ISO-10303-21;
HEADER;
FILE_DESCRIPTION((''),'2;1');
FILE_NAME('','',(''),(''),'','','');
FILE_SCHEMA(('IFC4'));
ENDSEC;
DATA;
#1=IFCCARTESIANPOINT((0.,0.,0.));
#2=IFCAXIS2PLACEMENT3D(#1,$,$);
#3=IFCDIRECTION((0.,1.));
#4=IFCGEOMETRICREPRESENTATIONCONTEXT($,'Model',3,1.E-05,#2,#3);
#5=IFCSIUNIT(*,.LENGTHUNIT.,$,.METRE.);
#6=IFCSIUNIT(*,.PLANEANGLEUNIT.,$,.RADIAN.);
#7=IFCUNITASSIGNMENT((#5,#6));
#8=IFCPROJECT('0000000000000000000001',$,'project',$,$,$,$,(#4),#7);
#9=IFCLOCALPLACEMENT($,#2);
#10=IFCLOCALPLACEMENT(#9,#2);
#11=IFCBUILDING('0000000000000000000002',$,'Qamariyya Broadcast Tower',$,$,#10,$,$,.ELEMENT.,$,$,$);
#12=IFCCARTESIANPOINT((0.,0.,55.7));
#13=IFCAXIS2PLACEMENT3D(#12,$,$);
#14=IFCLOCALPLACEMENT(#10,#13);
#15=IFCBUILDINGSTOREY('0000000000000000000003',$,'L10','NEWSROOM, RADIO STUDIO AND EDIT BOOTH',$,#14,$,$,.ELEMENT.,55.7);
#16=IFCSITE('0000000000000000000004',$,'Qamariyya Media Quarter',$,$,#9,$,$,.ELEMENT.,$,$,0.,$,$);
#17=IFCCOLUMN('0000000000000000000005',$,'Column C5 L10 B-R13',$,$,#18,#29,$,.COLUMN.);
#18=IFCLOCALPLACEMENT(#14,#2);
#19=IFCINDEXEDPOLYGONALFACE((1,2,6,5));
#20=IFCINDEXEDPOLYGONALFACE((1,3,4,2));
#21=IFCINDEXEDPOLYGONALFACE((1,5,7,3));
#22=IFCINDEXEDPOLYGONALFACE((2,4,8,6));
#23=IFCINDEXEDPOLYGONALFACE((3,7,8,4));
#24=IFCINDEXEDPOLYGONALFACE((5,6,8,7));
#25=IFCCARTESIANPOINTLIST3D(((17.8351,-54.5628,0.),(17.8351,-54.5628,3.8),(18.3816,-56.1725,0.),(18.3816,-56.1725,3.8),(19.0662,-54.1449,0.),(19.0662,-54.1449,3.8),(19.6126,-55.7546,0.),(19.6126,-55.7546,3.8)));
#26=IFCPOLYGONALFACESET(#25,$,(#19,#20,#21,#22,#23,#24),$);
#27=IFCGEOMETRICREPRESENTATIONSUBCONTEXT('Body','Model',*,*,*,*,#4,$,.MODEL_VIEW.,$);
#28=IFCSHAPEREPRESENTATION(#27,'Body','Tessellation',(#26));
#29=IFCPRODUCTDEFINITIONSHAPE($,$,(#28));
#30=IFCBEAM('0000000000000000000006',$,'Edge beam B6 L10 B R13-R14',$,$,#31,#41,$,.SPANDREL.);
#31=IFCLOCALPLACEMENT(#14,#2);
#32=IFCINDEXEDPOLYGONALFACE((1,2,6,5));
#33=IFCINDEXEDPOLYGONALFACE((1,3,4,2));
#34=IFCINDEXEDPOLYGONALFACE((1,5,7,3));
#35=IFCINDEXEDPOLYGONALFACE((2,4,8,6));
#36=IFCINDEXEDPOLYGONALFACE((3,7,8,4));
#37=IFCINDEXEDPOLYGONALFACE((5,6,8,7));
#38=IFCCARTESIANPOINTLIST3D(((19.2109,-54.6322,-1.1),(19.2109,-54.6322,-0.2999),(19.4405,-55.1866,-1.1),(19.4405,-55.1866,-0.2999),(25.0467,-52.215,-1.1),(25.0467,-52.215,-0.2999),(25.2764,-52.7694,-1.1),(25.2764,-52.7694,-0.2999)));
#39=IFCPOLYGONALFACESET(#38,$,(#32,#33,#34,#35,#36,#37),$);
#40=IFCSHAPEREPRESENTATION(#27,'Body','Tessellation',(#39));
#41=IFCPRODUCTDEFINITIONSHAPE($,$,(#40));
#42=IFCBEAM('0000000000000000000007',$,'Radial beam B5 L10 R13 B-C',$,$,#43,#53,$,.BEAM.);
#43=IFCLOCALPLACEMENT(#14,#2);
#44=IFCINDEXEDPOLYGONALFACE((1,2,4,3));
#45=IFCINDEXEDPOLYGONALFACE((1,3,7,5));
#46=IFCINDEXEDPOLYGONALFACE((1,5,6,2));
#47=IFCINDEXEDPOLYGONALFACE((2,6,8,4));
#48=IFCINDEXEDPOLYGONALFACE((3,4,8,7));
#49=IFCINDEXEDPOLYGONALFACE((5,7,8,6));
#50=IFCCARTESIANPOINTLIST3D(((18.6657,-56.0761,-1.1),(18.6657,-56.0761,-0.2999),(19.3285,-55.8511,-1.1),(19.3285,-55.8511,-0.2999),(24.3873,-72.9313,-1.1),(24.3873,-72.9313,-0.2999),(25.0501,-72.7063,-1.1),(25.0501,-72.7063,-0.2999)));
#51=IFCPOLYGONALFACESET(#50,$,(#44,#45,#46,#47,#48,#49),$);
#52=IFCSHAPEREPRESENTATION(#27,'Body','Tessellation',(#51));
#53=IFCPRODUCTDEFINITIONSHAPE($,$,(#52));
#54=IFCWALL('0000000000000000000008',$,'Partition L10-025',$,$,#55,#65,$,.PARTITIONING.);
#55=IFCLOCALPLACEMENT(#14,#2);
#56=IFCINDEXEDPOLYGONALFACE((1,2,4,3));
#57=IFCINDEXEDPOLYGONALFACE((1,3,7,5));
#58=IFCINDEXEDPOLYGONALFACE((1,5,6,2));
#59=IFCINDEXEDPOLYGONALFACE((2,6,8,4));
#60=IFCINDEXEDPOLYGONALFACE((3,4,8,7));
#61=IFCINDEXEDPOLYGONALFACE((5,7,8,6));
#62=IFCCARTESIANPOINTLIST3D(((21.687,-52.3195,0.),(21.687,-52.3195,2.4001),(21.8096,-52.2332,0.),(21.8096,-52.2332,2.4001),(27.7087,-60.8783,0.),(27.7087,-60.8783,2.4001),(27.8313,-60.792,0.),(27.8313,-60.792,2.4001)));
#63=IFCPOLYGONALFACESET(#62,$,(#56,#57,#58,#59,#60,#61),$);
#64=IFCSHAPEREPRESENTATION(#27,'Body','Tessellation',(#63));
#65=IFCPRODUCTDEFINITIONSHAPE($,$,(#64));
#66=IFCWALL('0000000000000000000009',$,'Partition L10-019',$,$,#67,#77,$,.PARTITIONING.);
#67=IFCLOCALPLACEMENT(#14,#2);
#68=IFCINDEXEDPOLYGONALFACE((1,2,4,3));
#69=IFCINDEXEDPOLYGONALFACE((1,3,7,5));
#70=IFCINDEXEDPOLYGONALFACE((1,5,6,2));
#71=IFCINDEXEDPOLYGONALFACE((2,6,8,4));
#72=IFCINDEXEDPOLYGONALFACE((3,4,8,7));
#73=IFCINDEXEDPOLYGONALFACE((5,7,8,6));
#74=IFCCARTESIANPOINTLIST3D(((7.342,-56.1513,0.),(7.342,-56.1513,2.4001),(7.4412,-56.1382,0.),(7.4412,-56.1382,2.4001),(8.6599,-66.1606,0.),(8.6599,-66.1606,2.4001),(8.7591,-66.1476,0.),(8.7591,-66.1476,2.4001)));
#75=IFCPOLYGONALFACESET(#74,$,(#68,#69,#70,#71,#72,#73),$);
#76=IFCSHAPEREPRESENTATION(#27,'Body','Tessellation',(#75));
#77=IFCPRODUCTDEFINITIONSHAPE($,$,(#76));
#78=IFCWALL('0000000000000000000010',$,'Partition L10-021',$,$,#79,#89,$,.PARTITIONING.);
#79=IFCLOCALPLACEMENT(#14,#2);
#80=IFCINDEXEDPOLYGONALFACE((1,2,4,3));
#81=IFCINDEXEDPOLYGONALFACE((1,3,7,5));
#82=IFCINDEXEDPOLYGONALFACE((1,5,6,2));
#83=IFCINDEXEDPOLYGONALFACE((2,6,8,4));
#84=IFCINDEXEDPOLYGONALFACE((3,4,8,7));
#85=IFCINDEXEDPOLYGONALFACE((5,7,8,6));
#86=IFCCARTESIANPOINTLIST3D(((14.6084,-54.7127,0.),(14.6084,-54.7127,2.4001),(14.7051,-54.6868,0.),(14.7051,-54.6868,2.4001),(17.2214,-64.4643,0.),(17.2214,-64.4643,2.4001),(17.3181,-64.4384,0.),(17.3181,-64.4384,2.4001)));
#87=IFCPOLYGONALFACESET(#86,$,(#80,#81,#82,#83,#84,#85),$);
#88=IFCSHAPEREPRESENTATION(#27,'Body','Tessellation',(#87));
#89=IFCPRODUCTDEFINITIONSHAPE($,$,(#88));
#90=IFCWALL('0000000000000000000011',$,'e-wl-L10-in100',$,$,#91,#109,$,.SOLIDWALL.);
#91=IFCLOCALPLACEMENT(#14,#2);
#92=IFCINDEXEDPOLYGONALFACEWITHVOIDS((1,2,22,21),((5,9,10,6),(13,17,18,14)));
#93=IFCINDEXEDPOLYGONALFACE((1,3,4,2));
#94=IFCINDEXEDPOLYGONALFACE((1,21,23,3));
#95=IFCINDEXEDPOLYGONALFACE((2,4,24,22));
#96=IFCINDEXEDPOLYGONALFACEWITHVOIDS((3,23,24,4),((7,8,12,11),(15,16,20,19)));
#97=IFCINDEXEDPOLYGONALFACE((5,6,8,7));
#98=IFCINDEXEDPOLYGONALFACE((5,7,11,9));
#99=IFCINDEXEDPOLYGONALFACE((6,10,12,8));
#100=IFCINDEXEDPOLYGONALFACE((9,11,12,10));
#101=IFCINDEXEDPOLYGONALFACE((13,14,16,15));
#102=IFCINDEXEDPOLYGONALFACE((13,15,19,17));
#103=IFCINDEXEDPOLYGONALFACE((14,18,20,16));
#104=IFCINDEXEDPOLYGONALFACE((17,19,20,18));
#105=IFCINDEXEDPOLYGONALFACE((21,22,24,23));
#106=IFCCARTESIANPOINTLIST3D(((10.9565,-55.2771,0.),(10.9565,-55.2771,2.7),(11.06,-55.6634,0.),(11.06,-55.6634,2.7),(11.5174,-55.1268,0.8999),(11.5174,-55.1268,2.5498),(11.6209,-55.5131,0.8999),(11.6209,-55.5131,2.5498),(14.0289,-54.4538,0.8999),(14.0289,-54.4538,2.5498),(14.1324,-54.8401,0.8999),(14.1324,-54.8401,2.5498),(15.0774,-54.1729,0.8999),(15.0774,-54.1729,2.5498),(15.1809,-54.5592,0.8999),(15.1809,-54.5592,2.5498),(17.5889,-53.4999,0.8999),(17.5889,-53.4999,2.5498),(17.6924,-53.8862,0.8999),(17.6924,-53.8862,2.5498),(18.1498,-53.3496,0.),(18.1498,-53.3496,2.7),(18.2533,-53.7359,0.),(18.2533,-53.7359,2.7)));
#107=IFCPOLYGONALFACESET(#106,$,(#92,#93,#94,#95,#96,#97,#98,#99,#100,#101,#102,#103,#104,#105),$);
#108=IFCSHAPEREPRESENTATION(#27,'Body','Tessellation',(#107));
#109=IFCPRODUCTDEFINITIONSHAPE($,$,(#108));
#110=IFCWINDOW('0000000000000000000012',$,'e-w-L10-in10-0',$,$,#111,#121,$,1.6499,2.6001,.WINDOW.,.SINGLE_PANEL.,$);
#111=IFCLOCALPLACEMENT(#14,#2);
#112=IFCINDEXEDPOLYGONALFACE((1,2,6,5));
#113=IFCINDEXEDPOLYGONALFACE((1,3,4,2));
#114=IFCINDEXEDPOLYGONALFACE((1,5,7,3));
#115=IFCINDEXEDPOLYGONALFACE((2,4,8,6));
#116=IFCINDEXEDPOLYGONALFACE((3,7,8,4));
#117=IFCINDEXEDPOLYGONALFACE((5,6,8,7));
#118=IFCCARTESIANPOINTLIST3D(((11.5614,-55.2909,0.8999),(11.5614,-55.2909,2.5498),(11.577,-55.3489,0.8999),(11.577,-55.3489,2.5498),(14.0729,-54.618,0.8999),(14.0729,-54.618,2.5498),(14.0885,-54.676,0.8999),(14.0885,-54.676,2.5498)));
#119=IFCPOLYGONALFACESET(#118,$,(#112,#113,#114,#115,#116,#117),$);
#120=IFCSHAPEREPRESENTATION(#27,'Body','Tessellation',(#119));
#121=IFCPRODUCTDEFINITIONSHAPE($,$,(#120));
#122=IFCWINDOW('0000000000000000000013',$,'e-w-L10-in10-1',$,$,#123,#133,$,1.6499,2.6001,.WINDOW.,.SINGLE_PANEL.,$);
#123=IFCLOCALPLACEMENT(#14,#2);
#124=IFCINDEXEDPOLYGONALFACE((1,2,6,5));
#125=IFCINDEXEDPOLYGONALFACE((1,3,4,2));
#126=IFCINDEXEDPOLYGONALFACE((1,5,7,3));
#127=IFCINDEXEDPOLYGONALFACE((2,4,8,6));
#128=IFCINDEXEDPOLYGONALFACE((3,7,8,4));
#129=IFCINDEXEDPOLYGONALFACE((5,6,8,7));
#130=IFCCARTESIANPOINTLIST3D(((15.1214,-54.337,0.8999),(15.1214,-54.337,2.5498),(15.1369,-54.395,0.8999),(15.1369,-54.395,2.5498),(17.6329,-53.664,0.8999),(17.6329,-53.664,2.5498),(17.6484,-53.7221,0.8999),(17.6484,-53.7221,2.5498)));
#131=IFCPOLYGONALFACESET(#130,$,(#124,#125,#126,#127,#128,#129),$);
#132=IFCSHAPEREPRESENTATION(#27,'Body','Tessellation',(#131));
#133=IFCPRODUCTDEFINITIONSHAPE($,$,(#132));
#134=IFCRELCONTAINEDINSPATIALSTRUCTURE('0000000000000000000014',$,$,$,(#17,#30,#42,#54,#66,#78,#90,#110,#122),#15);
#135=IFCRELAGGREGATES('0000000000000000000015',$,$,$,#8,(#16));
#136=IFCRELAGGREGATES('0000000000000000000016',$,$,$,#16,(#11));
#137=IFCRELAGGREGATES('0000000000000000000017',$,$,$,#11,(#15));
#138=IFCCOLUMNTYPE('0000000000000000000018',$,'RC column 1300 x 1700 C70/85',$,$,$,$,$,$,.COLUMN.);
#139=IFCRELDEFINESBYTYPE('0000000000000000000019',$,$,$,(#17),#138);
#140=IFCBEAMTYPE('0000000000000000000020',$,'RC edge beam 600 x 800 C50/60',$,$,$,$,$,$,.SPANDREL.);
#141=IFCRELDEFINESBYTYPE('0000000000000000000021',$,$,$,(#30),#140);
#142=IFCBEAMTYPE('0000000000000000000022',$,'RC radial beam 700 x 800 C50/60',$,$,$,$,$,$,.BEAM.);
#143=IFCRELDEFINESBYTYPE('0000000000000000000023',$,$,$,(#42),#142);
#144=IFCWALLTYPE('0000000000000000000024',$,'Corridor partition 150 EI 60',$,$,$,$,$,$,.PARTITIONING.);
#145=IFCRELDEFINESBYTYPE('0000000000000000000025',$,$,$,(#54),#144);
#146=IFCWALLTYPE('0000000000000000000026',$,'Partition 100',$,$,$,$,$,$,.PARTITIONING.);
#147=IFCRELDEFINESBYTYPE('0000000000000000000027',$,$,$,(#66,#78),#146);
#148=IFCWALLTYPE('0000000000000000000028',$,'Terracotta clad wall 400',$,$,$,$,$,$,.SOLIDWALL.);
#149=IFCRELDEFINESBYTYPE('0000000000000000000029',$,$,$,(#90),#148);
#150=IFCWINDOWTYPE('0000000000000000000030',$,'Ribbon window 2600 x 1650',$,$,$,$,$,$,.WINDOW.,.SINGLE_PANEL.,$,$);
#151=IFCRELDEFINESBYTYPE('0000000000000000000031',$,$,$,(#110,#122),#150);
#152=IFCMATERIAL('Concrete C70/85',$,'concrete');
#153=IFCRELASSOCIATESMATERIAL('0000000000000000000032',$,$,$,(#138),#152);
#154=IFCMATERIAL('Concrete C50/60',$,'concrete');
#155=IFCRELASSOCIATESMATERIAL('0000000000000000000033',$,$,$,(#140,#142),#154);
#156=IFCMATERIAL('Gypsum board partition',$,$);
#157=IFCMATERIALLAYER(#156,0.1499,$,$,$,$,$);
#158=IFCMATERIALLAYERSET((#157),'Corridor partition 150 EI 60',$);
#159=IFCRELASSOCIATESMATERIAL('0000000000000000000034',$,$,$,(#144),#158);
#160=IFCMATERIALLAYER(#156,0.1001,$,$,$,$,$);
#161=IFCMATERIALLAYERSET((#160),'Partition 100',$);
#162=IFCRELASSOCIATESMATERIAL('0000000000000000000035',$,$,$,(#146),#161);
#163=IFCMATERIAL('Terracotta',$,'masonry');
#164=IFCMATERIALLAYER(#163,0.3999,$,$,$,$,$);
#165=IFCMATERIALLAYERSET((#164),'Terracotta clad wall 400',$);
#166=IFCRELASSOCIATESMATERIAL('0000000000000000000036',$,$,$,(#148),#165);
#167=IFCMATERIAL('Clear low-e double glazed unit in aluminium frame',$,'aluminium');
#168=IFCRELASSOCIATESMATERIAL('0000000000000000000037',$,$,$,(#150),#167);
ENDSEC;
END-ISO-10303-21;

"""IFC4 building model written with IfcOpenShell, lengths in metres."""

from ifc_helpers import new_model, si_unit, direction, frame, frame_2d, origin, origin_2d, place, context, subcontext, project, spatial, rectangle, extrude, material, layer, layer_set, material_profile, profile_set, type_object, element, fill, save


model = new_model("IFC4")

# Units and contexts
model_context = context("Model", 3, precision=1e-05, world=origin(), true_north=direction((0.0, 1.0)))
body_context = subcontext(model_context, "Body", "Model", "MODEL_VIEW")
ifc_project = project(units=[si_unit("LENGTHUNIT", "METRE"), si_unit("PLANEANGLEUNIT", "RADIAN")], contexts=[model_context])

# Site, building, storey
site_placement = place(None, origin())
site = spatial("IfcSite", under=ifc_project, at=site_placement, Name="Qamariyya Media Quarter", CompositionType="ELEMENT", RefElevation=0.0)
building_placement = place(site_placement, origin())
building = spatial("IfcBuilding", under=site, at=building_placement, Name="Qamariyya Broadcast Tower", CompositionType="ELEMENT")
storey_placement = place(building_placement, frame((0.0, 0.0, 55.7)))
storey = spatial("IfcBuildingStorey", under=building, at=storey_placement, Name="L10", Description="NEWSROOM, RADIO STUDIO AND EDIT BOOTH", CompositionType="ELEMENT", Elevation=55.7)

# Column
ifc_material_1 = material(Name="Concrete C70/85", Category="concrete")
ifc_material_profile_1 = material_profile(ifc_material_1, rectangle(XDim=1.3, YDim=1.7, at=origin_2d()))
ifc_profile_set_1 = profile_set([ifc_material_profile_1], Name="Concrete C70/85")
column_type = type_object("IfcColumnType", Name="RC column 1300 x 1700 C70/85", PredefinedType="COLUMN", material=ifc_profile_set_1)
column_placement = place(storey_placement, frame((18.7239, -55.1587, 0.0), z_axis=(0.0, 0.0, 1.0), x_axis=(0.94693, 0.321439, 0.0)))
element("IfcColumn", 1, at=column_placement, inside=storey, type_object=column_type, Name="Column C5 L10 B-R13", PredefinedType="COLUMN", context=body_context, shape_type="SweptSolid", body=[
    extrude(rectangle(XDim=1.3, YDim=1.7, at=origin_2d()), origin(), (0.0, 0.0, 1.0), 3.8),
])

# Beams
ifc_material_2 = material(Name="Concrete C50/60", Category="concrete")
ifc_material_profile_2 = material_profile(ifc_material_2, rectangle(XDim=0.6001, YDim=0.8, at=origin_2d()))
ifc_profile_set_2 = profile_set([ifc_material_profile_2], Name="Concrete C50/60")
beam_type_1 = type_object("IfcBeamType", Name="RC edge beam 600 x 800 C50/60", PredefinedType="SPANDREL", material=ifc_profile_set_2)
beam_1_placement = place(storey_placement, frame((19.3257, -54.9094, -0.7), z_axis=(0.923884, 0.382672, 0.0), x_axis=(-0.382672, 0.923884, 0.0)))
element("IfcBeam", 2, at=beam_1_placement, inside=storey, type_object=beam_type_1, Name="Edge beam B6 L10 B R13-R14", PredefinedType="SPANDREL", context=body_context, shape_type="SweptSolid", body=[
    extrude(rectangle(XDim=0.6001, YDim=0.8, at=origin_2d()), origin(), (0.0, 0.0, 1.0), 6.3167),
])
ifc_material_profile_3 = material_profile(ifc_material_2, rectangle(XDim=0.7, YDim=0.8, at=origin_2d()))
ifc_profile_set_3 = profile_set([ifc_material_profile_3], Name="Concrete C50/60")
beam_type_2 = type_object("IfcBeamType", Name="RC radial beam 700 x 800 C50/60", PredefinedType="BEAM", material=ifc_profile_set_3)
beam_2_placement = place(storey_placement, frame((18.9971, -55.9636, -0.7), z_axis=(0.321445, -0.946928, 0.0), x_axis=(0.946928, 0.321445, 0.0)))
element("IfcBeam", 3, at=beam_2_placement, inside=storey, type_object=beam_type_2, Name="Radial beam B5 L10 R13 B-C", PredefinedType="BEAM", context=body_context, shape_type="SweptSolid", body=[
    extrude(rectangle(XDim=0.7, YDim=0.8, at=origin_2d()), origin(), (0.0, 0.0, 1.0), 17.7998),
])

# Walls
ifc_material_3 = material(Name="Gypsum board partition")
ifc_layer_1 = layer(ifc_material_3, 0.1499)
ifc_layer_set_1 = layer_set([ifc_layer_1], Name="Corridor partition 150 EI 60")
wall_type_1 = type_object("IfcWallType", Name="Corridor partition 150 EI 60", PredefinedType="PARTITIONING", material=ifc_layer_set_1)
wall_1_placement = place(storey_placement, frame((21.7483, -52.2764, 0.0), z_axis=(0.0, 0.0, 1.0), x_axis=(0.575419, -0.817858, 0.0)))
element("IfcWall", 4, at=wall_1_placement, inside=storey, type_object=wall_type_1, Name="Partition L10-025", PredefinedType="PARTITIONING", context=body_context, shape_type="SweptSolid", body=[
    extrude(rectangle(XDim=10.4648, YDim=0.1499, at=frame_2d((5.2324, 0.0))), origin(), (0.0, 0.0, 1.0), 2.4001),
])
ifc_layer_2 = layer(ifc_material_3, 0.1001)
ifc_layer_set_2 = layer_set([ifc_layer_2], Name="Partition 100")
wall_type_2 = type_object("IfcWallType", Name="Partition 100", PredefinedType="PARTITIONING", material=ifc_layer_set_2)
for number, where, z_axis, x_axis, name in (
    (5, (7.3916, -56.1448, 0.0), (0.0, 0.0, 1.0), (0.130538, -0.991443, 0.0), "Partition L10-019"),
    (6, (14.6567, -54.6997, 0.0), (0.0, 0.0, 1.0), (0.258826, -0.965924, 0.0), "Partition L10-021"),
):
    element("IfcWall", number, at=place(storey_placement, frame(where, z_axis=z_axis, x_axis=x_axis)), inside=storey, type_object=wall_type_2, Name=name, PredefinedType="PARTITIONING", context=body_context, shape_type="SweptSolid", body=[
        extrude(rectangle(XDim=10.0957, YDim=0.1001, at=frame_2d((5.0479, 0.0))), origin(), (0.0, 0.0, 1.0), 2.4001),
    ])

# Wall, openings, windows
ifc_material_4 = material(Name="Terracotta", Category="masonry")
ifc_layer_3 = layer(ifc_material_4, 0.3999)
ifc_layer_set_3 = layer_set([ifc_layer_3], Name="Terracotta clad wall 400")
wall_type_3 = type_object("IfcWallType", Name="Terracotta clad wall 400", PredefinedType="SOLIDWALL", material=ifc_layer_set_3)
wall_2_placement = place(storey_placement, frame((18.2017, -53.5427, 0.0), z_axis=(0.0, 0.0, 1.0), x_axis=(-0.965925, -0.258823, 0.0)))
wall_2 = element("IfcWall", 7, at=wall_2_placement, inside=storey, type_object=wall_type_3, Name="e-wl-L10-in100", PredefinedType="SOLIDWALL", context=body_context, shape_type="SweptSolid", body=[
    extrude(rectangle(XDim=7.447, YDim=0.3999, at=frame_2d((3.7236, 0.0))), origin(), (0.0, 0.0, 1.0), 2.7),
])
opening_1_placement = place(wall_2_placement, frame((4.2664, 0.0, 0.8999)))
opening_1 = element("IfcOpeningElement", 8, at=opening_1_placement, cuts=wall_2, PredefinedType="OPENING", context=body_context, shape_type="SweptSolid", body=[
    extrude(rectangle(XDim=2.6001, YDim=1.6499, at=frame_2d((1.3, 0.825))), frame((0.0, 0.21, 0.0), z_axis=(0.0, -1.0, 0.0), x_axis=(1.0, 0.0, 0.0)), (0.0, 0.0, 1.0), 0.4199),
])
opening_2_placement = place(wall_2_placement, frame((0.5808, 0.0, 0.8999)))
opening_2 = element("IfcOpeningElement", 9, at=opening_2_placement, cuts=wall_2, PredefinedType="OPENING", context=body_context, shape_type="SweptSolid", body=[
    extrude(rectangle(XDim=2.6001, YDim=1.6499, at=frame_2d((1.3, 0.825))), frame((0.0, 0.21, 0.0), z_axis=(0.0, -1.0, 0.0), x_axis=(1.0, 0.0, 0.0)), (0.0, 0.0, 1.0), 0.4199),
])
ifc_material_5 = material(Name="Clear low-e double glazed unit in aluminium frame", Category="aluminium")
window_type = type_object("IfcWindowType", Name="Ribbon window 2600 x 1650", PartitioningType="SINGLE_PANEL", PredefinedType="WINDOW", material=ifc_material_5)
window_1_placement = place(opening_1_placement, origin())
window_1 = element("IfcWindow", 10, at=window_1_placement, inside=storey, type_object=window_type, Name="e-w-L10-in10-0", OverallHeight=1.6499, OverallWidth=2.6001, PartitioningType="SINGLE_PANEL", PredefinedType="WINDOW", context=body_context, shape_type="SweptSolid", body=[
    extrude(rectangle(XDim=2.6001, YDim=1.6499, at=frame_2d((1.3, 0.825))), frame((0.0, 0.03, 0.0), z_axis=(0.0, -1.0, 0.0), x_axis=(1.0, 0.0, 0.0)), (0.0, 0.0, 1.0), 0.0601),
])
fill(opening_1, window_1)
window_2_placement = place(opening_2_placement, origin())
window_2 = element("IfcWindow", 11, at=window_2_placement, inside=storey, type_object=window_type, Name="e-w-L10-in10-1", OverallHeight=1.6499, OverallWidth=2.6001, PartitioningType="SINGLE_PANEL", PredefinedType="WINDOW", context=body_context, shape_type="SweptSolid", body=[
    extrude(rectangle(XDim=2.6001, YDim=1.6499, at=frame_2d((1.3, 0.825))), frame((0.0, 0.03, 0.0), z_axis=(0.0, -1.0, 0.0), x_axis=(1.0, 0.0, 0.0)), (0.0, 0.0, 1.0), 0.0601),
])
fill(opening_2, window_2)

save(model, "model.ifc")
